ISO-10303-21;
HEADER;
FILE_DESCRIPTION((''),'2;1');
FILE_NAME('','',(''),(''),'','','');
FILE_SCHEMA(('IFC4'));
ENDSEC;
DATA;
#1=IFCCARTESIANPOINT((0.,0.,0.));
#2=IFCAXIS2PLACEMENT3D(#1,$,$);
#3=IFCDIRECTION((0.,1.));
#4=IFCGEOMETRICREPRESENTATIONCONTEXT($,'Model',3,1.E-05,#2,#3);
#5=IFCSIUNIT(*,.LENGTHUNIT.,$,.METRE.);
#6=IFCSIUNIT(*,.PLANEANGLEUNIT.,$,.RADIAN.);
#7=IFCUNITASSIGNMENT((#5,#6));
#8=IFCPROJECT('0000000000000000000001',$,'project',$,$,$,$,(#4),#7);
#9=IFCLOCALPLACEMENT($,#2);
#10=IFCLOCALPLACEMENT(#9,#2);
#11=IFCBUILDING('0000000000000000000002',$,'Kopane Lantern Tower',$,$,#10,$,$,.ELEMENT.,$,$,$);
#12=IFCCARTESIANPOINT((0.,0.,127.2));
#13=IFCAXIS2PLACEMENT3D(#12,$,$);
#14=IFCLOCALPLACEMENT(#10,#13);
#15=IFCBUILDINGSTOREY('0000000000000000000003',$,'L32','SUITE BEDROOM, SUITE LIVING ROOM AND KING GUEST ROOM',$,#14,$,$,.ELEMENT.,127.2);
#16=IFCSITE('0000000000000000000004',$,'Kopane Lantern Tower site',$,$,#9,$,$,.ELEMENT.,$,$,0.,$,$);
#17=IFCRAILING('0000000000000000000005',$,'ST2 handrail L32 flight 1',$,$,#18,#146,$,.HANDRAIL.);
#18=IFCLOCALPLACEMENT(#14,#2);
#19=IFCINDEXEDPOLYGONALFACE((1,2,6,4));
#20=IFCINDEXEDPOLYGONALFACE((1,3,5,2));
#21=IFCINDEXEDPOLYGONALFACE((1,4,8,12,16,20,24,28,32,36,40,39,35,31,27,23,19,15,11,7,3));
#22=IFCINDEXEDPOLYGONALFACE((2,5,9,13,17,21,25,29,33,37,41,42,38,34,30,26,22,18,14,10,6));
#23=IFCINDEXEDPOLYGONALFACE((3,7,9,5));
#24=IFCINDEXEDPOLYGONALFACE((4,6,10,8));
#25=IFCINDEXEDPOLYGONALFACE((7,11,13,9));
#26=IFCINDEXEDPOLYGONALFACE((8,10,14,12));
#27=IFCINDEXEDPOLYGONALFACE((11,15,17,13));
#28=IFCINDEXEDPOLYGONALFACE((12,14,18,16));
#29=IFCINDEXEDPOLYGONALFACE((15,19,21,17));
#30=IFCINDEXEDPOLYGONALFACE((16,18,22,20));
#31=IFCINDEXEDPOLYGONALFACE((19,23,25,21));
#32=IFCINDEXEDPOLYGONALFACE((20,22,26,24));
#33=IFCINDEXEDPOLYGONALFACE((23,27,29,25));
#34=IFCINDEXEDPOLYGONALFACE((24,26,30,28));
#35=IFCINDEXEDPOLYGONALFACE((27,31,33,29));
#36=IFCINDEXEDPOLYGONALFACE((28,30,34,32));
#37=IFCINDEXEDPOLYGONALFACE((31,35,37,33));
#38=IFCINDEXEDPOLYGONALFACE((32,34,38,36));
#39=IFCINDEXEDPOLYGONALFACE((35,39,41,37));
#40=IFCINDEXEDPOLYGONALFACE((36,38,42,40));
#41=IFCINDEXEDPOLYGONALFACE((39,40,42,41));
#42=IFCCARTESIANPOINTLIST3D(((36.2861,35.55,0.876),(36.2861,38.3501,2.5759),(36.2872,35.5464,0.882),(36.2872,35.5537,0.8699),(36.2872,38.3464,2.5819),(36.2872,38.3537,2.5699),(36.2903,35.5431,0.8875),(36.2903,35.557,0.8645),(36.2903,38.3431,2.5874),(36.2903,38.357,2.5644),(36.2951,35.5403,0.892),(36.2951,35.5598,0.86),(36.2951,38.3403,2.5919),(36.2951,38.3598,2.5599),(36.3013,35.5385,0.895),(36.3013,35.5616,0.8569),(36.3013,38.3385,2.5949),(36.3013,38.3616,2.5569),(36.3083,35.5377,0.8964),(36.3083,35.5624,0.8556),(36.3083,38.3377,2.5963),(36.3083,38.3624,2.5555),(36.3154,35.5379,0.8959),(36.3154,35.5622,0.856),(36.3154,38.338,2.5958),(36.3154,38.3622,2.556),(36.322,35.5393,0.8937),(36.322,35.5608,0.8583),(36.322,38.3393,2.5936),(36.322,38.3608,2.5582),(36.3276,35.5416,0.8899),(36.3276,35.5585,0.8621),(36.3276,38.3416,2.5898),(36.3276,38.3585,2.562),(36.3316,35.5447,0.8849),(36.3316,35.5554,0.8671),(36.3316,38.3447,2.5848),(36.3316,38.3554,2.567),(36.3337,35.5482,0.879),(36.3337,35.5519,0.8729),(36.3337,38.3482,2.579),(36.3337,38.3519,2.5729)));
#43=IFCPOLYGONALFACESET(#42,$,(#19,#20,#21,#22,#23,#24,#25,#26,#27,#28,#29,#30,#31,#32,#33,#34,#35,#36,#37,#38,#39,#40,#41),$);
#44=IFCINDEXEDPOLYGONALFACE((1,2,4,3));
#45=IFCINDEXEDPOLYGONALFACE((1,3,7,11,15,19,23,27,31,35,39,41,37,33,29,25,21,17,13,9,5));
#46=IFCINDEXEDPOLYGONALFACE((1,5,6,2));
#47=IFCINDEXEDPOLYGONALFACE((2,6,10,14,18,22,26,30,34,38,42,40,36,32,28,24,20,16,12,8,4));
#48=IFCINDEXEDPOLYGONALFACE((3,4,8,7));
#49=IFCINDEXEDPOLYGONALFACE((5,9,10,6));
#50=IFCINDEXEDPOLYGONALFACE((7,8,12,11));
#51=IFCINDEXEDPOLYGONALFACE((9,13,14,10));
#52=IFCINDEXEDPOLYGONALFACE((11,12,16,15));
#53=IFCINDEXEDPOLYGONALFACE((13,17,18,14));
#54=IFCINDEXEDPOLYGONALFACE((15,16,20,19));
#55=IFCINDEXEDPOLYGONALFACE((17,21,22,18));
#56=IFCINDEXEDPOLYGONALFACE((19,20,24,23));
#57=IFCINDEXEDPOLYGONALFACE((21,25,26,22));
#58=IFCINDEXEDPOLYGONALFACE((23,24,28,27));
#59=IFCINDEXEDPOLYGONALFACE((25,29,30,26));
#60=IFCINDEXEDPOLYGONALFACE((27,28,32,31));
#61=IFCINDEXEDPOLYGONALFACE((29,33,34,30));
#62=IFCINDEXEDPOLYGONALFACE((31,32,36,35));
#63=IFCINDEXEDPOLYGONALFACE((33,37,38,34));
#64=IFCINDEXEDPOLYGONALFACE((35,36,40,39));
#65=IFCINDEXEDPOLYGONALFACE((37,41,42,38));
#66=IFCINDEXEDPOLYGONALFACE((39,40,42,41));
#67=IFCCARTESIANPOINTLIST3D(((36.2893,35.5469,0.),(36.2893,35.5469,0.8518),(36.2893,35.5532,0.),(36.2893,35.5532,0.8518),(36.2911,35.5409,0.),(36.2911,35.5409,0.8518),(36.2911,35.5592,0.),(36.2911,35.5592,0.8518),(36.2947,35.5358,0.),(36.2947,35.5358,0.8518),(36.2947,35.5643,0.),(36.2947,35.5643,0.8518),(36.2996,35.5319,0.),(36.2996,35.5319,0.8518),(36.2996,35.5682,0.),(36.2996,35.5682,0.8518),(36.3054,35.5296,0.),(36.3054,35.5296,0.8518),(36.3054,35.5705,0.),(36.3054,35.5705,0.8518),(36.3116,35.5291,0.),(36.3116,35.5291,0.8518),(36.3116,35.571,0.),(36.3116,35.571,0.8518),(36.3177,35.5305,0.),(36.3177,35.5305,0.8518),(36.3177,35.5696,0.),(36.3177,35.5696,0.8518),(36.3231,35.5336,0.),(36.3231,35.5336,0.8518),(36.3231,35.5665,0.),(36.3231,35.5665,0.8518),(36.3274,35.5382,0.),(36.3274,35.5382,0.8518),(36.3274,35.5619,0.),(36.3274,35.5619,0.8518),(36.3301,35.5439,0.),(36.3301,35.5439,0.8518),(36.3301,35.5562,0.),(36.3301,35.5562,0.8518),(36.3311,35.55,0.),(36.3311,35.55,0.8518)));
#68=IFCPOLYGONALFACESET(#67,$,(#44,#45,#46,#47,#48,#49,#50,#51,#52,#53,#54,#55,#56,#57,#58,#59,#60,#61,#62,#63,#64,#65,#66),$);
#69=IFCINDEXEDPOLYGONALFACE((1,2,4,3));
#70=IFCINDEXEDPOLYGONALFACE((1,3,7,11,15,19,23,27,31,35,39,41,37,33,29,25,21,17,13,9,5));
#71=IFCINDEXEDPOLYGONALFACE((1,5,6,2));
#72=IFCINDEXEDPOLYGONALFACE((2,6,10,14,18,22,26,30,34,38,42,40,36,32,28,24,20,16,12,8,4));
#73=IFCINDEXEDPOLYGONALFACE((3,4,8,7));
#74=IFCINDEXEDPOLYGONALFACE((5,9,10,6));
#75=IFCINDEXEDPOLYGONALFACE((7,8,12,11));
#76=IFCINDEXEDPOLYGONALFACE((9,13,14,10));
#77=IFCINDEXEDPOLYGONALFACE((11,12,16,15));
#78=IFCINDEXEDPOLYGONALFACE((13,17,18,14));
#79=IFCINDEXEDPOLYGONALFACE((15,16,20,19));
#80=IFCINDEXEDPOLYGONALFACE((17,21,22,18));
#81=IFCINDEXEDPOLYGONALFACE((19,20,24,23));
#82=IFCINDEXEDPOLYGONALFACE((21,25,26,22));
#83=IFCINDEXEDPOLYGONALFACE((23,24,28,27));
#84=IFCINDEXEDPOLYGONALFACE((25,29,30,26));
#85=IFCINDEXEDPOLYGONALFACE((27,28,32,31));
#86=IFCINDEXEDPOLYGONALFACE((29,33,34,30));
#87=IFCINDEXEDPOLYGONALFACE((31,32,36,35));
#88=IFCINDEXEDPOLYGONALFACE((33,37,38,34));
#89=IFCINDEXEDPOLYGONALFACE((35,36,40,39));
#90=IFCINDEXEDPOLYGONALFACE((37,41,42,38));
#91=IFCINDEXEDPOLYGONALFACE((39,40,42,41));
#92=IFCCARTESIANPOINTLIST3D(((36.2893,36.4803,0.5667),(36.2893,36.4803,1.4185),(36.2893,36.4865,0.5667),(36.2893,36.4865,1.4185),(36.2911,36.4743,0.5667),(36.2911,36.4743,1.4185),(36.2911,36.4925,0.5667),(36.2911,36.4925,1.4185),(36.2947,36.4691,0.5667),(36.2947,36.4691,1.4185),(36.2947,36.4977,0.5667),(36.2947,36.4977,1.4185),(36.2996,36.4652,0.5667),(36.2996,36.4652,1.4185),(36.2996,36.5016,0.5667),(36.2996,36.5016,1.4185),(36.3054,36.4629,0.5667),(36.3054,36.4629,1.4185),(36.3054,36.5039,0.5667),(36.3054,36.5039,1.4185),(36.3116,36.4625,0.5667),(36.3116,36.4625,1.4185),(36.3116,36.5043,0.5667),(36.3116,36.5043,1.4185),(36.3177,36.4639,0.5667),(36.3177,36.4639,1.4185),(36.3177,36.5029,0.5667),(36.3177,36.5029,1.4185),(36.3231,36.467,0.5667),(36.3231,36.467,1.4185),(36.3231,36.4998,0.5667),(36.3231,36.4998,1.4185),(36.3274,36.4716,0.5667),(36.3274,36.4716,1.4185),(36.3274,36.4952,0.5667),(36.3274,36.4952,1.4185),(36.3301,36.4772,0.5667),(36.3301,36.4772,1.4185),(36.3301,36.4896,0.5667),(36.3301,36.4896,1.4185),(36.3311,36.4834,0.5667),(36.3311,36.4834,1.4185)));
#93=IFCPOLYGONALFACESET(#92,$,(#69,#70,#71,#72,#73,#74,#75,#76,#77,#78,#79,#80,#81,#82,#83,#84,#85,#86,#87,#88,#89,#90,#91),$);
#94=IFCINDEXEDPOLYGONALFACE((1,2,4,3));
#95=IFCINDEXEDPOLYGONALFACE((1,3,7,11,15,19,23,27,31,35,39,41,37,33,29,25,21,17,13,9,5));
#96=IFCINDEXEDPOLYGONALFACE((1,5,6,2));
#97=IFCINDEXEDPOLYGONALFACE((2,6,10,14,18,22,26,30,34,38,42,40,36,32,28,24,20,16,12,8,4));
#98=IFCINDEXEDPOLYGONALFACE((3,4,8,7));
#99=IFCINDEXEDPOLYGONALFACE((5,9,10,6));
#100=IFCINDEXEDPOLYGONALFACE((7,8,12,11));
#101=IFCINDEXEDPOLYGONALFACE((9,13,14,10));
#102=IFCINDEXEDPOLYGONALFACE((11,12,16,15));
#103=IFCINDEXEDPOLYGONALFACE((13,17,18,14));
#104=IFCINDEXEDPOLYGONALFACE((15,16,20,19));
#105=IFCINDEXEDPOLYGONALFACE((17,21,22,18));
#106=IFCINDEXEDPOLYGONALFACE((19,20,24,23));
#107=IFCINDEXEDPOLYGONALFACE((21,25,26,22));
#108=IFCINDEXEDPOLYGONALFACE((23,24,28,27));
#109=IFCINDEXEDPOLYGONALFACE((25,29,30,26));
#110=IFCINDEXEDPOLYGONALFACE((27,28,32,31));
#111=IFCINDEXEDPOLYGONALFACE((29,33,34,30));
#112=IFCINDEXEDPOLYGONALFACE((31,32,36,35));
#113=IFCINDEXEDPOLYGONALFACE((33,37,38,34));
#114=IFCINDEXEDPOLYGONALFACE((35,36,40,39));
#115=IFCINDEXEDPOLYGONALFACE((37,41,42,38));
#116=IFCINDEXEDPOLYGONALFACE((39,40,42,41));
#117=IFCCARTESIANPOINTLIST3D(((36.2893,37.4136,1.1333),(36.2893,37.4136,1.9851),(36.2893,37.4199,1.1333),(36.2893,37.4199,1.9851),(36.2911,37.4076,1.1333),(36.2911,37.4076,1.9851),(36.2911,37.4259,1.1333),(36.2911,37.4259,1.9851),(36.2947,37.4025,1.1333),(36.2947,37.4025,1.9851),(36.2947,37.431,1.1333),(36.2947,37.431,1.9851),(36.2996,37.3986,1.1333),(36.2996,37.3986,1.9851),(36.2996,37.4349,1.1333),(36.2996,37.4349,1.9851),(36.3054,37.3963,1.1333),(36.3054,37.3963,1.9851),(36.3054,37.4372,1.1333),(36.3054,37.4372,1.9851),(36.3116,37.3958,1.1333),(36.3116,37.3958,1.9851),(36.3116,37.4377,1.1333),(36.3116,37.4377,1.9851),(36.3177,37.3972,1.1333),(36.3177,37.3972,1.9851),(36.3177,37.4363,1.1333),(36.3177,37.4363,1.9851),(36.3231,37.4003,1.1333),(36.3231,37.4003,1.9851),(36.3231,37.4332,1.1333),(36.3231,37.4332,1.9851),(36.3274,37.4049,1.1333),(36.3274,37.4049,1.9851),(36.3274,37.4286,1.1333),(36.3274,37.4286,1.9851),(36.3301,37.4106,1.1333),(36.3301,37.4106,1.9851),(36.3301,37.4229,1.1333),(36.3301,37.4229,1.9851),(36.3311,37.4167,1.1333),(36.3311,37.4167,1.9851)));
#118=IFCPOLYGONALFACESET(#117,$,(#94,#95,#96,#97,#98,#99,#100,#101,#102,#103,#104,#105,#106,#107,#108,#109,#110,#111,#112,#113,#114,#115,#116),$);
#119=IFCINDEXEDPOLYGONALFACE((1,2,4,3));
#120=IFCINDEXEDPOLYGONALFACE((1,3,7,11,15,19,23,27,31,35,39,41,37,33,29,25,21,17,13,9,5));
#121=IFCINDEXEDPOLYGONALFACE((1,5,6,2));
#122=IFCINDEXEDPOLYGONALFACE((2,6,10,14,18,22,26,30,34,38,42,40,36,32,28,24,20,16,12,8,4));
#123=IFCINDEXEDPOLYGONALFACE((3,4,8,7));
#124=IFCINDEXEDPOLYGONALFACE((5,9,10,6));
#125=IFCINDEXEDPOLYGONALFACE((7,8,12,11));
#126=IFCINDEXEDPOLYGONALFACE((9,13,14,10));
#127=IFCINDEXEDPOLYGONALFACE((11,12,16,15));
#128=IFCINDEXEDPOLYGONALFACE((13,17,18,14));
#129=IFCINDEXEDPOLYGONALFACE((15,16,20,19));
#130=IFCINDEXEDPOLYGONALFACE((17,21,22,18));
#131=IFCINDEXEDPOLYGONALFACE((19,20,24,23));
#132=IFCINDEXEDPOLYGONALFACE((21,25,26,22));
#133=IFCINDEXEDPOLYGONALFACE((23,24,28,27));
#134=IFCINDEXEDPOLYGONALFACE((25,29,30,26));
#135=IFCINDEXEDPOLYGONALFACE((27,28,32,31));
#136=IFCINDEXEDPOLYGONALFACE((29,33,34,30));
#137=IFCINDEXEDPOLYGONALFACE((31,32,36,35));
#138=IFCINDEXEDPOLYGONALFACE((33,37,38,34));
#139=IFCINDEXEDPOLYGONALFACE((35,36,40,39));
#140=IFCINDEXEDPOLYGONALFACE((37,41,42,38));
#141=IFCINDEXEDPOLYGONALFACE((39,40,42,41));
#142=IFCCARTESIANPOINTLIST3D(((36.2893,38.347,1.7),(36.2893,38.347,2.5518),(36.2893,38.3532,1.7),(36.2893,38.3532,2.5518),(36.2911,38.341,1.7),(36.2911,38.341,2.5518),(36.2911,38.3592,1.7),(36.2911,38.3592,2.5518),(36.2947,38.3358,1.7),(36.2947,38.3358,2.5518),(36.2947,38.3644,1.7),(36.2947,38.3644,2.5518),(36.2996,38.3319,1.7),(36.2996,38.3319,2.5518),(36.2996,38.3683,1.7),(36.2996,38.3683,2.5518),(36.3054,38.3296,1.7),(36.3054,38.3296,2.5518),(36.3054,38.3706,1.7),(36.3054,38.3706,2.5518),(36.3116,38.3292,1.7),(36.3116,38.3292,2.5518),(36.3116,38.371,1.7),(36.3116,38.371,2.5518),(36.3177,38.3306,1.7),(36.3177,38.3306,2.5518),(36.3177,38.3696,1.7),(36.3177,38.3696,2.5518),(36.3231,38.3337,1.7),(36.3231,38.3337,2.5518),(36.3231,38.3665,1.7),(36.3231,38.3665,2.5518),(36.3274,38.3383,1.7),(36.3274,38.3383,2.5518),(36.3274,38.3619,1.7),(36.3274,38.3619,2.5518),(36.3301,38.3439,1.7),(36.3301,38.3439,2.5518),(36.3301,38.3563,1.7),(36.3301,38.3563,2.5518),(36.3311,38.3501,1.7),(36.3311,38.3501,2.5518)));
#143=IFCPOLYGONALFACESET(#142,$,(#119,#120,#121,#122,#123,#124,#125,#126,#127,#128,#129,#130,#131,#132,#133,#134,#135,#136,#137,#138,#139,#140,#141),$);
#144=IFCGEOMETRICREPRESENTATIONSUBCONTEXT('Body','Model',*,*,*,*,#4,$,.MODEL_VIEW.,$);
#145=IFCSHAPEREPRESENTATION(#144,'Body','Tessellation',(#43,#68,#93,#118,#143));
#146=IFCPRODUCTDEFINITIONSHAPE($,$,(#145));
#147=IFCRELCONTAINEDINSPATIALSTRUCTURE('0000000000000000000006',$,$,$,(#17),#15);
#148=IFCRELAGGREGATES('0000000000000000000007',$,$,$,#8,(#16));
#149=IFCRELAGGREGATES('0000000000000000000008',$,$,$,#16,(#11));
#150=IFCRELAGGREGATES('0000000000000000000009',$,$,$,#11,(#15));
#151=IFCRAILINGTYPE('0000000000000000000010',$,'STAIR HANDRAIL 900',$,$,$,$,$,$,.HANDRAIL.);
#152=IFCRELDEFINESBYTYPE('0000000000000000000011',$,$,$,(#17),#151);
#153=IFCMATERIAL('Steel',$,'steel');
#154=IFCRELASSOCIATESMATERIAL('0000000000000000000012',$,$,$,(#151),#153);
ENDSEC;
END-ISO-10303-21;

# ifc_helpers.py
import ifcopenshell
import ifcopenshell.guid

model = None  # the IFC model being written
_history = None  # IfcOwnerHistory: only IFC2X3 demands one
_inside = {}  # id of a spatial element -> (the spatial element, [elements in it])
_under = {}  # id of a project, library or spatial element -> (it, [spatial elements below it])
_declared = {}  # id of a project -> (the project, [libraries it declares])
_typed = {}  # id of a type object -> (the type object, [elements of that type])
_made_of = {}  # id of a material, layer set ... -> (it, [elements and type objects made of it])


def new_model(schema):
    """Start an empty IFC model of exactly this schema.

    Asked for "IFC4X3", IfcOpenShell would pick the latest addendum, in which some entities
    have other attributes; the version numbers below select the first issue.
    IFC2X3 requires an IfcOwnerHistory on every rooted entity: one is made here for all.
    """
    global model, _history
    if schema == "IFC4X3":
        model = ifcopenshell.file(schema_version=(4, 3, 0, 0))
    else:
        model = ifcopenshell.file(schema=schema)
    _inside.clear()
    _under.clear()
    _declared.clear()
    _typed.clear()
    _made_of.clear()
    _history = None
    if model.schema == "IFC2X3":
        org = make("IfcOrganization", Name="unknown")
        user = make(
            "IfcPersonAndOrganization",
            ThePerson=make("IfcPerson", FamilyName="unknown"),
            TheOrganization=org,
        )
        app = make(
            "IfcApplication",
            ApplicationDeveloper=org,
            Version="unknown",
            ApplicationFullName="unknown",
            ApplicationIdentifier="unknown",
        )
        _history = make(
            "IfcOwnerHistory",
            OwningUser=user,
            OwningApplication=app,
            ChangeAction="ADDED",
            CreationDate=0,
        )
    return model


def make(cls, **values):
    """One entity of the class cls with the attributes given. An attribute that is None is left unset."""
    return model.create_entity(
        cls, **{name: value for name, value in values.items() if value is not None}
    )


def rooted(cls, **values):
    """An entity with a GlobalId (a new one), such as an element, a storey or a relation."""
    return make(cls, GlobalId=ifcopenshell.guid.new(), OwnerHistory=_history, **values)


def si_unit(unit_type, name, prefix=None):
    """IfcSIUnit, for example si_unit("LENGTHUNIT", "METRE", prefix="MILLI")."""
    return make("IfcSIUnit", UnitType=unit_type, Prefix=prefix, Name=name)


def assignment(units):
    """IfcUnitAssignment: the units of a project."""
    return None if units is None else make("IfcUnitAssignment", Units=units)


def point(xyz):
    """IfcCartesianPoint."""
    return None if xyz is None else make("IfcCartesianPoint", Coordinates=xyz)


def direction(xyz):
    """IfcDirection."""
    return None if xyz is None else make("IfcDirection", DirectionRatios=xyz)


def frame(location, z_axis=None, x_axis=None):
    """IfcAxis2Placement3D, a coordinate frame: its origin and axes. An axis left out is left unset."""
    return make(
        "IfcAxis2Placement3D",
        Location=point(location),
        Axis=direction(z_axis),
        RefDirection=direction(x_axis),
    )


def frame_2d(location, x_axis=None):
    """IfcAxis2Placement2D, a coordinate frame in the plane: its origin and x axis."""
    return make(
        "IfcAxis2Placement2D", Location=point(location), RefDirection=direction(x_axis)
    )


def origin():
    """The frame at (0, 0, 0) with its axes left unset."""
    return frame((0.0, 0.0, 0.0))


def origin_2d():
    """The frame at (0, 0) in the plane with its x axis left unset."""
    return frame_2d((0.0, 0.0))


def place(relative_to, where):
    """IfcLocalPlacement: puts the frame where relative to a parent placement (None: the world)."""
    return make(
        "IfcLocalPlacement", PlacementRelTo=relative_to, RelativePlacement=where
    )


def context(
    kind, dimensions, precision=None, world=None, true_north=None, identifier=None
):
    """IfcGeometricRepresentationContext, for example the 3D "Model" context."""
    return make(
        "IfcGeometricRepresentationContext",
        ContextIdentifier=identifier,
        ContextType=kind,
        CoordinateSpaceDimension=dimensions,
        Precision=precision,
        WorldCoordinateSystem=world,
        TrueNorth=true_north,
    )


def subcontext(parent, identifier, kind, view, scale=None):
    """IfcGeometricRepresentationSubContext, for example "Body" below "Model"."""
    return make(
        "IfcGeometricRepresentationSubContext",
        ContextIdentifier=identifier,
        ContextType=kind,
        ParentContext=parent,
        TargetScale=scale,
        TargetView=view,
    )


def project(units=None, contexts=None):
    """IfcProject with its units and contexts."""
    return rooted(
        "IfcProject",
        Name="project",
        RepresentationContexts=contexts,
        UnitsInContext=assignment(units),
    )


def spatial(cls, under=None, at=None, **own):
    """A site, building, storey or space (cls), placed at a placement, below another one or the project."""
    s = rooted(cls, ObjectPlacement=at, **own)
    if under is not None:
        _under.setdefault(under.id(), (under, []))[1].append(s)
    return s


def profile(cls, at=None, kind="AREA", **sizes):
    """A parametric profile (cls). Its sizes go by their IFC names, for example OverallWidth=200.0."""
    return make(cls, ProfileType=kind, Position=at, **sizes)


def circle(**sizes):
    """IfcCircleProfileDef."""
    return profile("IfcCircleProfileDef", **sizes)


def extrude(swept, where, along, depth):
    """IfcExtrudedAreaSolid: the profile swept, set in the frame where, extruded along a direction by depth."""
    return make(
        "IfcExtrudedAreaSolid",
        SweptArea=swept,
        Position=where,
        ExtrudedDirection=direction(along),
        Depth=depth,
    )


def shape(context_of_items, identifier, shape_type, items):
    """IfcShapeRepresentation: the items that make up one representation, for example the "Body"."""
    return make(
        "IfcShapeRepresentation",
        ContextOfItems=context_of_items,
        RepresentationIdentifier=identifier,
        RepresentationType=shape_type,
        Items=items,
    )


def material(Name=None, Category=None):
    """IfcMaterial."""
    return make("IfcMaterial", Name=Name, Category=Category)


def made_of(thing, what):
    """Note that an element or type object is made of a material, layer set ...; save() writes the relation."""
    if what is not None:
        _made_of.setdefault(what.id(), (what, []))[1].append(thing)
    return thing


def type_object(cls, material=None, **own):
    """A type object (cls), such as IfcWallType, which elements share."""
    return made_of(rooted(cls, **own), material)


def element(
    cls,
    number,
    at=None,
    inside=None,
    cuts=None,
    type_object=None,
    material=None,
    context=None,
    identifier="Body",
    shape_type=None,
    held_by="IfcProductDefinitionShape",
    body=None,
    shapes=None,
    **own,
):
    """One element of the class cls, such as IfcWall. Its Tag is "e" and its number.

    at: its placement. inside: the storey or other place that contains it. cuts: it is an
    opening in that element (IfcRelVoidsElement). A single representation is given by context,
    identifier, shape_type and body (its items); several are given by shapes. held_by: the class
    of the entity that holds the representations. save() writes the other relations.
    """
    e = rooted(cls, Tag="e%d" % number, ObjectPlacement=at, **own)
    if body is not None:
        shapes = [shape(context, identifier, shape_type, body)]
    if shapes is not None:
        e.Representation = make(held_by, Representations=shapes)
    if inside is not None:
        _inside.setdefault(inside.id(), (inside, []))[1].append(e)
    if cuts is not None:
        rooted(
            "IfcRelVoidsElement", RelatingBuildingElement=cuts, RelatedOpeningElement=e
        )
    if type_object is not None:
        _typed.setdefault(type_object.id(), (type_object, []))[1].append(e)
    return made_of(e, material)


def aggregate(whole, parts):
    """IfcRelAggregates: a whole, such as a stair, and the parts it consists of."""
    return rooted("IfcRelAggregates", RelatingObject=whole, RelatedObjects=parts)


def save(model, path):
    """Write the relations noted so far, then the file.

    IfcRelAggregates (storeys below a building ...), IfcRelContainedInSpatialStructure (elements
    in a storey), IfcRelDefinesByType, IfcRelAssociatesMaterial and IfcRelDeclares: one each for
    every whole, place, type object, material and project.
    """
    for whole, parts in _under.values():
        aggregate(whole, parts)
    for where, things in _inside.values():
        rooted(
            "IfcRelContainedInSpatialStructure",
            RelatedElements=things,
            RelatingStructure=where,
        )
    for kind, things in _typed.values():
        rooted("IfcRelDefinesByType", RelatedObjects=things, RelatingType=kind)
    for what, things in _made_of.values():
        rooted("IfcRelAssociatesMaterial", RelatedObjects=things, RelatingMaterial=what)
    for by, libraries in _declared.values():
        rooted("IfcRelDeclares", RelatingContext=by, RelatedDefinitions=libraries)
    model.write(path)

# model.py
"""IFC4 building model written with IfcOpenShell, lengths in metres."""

from ifc_helpers import new_model, si_unit, direction, frame, origin, origin_2d, place, context, subcontext, project, spatial, circle, extrude, material, type_object, element, save


model = new_model("IFC4")

# Units and contexts
model_context = context("Model", 3, precision=1e-05, world=origin(), true_north=direction((0.0, 1.0)))
body_context = subcontext(model_context, "Body", "Model", "MODEL_VIEW")
ifc_project = project(units=[si_unit("LENGTHUNIT", "METRE"), si_unit("PLANEANGLEUNIT", "RADIAN")], contexts=[model_context])

# Site, building, storey
site_placement = place(None, origin())
site = spatial("IfcSite", under=ifc_project, at=site_placement, Name="Kopane Lantern Tower site", CompositionType="ELEMENT", RefElevation=0.0)
building_placement = place(site_placement, origin())
building = spatial("IfcBuilding", under=site, at=building_placement, Name="Kopane Lantern Tower", CompositionType="ELEMENT")
storey_placement = place(building_placement, frame((0.0, 0.0, 127.2)))
storey = spatial("IfcBuildingStorey", under=building, at=storey_placement, Name="L32", Description="SUITE BEDROOM, SUITE LIVING ROOM AND KING GUEST ROOM", CompositionType="ELEMENT", Elevation=127.2)

# Railing
ifc_material_1 = material(Name="Steel", Category="steel")
railing_type_1 = type_object("IfcRailingType", Name="STAIR HANDRAIL 900", PredefinedType="HANDRAIL", material=ifc_material_1)
for number, where, name in (
    (1, (36.3101, 35.55, 0.0), "ST2 handrail L32 flight 1"),
):
    element("IfcRailing", number, at=place(storey_placement, frame(where)), inside=storey, type_object=railing_type_1, Name=name, PredefinedType="HANDRAIL", context=body_context, shape_type="SweptSolid", body=[
        extrude(circle(Radius=0.0239, at=origin_2d()), frame((0.0, 0.0, 0.876), z_axis=(0.0, 0.854798, 0.518961), x_axis=(-1.0, 0.0, 0.0)), (0.0, 0.0, 1.0), 3.2756),
        extrude(circle(Radius=0.021, at=origin_2d()), origin(), (0.0, 0.0, 1.0), 0.8518),
        extrude(circle(Radius=0.021, at=origin_2d()), frame((0.0, 0.9333, 0.5667)), (0.0, 0.0, 1.0), 0.8518),
        extrude(circle(Radius=0.021, at=origin_2d()), frame((0.0, 1.8667, 1.1333)), (0.0, 0.0, 1.0), 0.8518),
        extrude(circle(Radius=0.021, at=origin_2d()), frame((0.0, 2.8, 1.7)), (0.0, 0.0, 1.0), 0.8518),
    ])

save(model, "model.ifc")
